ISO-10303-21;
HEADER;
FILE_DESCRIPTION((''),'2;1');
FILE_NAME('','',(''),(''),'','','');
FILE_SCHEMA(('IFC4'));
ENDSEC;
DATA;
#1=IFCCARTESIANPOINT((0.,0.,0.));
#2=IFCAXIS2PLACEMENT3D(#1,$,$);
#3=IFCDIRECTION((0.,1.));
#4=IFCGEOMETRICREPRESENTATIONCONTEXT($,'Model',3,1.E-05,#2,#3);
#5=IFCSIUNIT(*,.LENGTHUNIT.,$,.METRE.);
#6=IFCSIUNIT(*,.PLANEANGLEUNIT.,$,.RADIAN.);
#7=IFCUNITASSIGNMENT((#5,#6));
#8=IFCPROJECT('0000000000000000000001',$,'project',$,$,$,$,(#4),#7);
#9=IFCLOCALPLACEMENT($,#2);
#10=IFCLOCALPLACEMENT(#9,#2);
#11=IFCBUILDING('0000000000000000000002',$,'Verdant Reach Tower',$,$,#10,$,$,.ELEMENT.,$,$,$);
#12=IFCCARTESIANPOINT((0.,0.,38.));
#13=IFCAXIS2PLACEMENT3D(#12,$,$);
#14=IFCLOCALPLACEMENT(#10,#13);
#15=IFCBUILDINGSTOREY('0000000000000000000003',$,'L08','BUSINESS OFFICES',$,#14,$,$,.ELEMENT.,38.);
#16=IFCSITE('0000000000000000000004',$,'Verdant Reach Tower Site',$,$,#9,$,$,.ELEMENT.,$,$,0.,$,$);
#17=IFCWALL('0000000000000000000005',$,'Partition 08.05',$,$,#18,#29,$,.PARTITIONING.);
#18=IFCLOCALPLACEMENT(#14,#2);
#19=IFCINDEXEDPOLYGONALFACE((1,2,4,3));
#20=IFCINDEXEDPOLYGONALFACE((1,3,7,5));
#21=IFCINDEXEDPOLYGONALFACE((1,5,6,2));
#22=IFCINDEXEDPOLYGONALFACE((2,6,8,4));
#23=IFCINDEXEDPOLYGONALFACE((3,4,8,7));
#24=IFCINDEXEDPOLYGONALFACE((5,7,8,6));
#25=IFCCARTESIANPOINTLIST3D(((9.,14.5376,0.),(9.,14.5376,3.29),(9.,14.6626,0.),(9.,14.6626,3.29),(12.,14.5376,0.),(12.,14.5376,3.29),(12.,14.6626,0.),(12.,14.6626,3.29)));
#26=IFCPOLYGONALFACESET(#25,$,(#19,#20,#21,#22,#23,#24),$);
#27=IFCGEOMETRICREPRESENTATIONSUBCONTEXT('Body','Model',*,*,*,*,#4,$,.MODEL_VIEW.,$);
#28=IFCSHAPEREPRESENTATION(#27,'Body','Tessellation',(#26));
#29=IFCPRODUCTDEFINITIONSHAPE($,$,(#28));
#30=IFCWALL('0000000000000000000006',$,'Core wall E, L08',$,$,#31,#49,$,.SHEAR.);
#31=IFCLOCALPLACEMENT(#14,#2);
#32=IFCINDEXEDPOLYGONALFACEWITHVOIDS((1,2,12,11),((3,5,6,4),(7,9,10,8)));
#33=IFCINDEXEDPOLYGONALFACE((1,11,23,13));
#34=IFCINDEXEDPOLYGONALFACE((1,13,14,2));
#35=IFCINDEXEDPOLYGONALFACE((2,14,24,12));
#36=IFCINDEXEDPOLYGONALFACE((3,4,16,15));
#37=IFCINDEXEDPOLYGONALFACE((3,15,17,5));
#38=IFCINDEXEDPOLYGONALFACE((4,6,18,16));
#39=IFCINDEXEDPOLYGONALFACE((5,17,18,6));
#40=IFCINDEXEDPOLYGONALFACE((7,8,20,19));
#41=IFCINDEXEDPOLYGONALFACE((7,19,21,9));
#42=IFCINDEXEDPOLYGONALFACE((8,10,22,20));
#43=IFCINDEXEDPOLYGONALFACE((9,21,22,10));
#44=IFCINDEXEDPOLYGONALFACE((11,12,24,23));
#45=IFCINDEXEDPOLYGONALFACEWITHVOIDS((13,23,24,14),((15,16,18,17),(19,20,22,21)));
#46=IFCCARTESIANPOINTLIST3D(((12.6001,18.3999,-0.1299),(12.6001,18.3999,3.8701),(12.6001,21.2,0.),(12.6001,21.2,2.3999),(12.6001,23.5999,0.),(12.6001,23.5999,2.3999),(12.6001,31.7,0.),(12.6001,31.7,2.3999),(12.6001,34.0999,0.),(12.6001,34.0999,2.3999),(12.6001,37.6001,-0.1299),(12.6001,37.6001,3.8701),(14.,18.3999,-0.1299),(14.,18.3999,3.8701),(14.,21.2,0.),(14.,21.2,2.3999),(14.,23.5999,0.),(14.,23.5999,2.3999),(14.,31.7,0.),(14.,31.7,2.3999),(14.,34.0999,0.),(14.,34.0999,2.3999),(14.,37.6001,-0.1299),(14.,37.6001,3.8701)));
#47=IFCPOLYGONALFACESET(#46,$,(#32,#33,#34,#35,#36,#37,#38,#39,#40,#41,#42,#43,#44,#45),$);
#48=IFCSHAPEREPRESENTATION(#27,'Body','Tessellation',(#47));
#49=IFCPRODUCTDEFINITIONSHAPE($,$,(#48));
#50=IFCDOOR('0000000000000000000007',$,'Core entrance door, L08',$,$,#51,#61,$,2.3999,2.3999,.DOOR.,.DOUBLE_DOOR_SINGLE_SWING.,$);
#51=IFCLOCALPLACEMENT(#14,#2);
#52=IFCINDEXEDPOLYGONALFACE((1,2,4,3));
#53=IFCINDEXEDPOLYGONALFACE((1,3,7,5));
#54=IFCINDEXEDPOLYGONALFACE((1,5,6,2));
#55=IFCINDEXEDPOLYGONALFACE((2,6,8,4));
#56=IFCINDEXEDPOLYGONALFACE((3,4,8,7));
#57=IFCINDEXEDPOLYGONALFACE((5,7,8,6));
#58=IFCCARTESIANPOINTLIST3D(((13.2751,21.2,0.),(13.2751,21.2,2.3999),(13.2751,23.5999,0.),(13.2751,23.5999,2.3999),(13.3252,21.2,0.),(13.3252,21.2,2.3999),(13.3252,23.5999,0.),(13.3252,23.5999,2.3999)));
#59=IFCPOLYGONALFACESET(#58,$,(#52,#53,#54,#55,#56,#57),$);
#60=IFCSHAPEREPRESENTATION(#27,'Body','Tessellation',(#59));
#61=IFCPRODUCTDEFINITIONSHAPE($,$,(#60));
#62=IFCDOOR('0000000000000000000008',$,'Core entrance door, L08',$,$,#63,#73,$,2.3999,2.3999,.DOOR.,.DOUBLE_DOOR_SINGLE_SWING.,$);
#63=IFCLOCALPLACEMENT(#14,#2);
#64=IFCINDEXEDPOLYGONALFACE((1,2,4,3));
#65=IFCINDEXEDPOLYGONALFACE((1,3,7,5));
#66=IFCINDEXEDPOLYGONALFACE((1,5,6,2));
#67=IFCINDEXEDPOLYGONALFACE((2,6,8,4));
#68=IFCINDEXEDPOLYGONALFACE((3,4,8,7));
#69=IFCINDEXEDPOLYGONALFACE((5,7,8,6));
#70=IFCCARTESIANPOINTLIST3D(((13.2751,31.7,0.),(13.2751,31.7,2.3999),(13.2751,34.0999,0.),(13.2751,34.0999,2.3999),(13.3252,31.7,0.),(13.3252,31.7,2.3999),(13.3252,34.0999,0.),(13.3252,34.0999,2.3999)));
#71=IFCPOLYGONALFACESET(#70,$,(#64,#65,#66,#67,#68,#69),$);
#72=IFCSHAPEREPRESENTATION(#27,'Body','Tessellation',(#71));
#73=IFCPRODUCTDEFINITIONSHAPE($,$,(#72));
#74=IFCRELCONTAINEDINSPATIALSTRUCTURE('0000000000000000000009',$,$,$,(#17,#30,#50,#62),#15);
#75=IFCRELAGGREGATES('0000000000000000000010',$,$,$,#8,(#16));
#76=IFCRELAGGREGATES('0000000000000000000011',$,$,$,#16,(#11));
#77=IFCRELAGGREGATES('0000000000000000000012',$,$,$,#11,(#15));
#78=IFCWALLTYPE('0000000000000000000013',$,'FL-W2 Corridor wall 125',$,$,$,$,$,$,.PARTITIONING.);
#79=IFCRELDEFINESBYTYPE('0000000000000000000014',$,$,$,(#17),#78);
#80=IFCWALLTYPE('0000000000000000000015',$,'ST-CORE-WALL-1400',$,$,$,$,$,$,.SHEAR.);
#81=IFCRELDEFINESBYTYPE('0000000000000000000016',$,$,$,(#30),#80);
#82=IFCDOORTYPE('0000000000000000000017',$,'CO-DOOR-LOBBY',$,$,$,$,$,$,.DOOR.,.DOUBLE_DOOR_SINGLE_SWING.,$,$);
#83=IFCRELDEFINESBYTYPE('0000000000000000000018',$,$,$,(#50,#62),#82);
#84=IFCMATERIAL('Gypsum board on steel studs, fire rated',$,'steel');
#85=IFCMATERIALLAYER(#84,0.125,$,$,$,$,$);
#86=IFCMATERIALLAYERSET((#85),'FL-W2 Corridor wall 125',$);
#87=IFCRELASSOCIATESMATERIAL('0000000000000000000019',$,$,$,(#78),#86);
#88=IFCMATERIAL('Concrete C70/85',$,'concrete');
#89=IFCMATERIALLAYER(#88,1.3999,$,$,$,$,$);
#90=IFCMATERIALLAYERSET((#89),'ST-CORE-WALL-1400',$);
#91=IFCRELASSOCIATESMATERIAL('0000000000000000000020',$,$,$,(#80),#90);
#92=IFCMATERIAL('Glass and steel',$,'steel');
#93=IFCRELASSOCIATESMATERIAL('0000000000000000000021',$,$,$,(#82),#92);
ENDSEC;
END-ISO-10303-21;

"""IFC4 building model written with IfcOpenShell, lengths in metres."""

from ifc_helpers import new_model, si_unit, direction, frame, frame_2d, origin, place, context, subcontext, project, spatial, rectangle, extrude, material, layer, layer_set, type_object, element, fill, save


model = new_model("IFC4")

# Units and contexts
model_context = context("Model", 3, precision=1e-05, world=origin(), true_north=direction((0.0, 1.0)))
body_context = subcontext(model_context, "Body", "Model", "MODEL_VIEW")
ifc_project = project(units=[si_unit("LENGTHUNIT", "METRE"), si_unit("PLANEANGLEUNIT", "RADIAN")], contexts=[model_context])

# Site, building, storey
site_placement = place(None, origin())
site = spatial("IfcSite", under=ifc_project, at=site_placement, Name="Verdant Reach Tower Site", CompositionType="ELEMENT", RefElevation=0.0)
building_placement = place(site_placement, origin())
building = spatial("IfcBuilding", under=site, at=building_placement, Name="Verdant Reach Tower", CompositionType="ELEMENT")
storey_placement = place(building_placement, frame((0.0, 0.0, 38.0)))
storey = spatial("IfcBuildingStorey", under=building, at=storey_placement, Name="L08", Description="BUSINESS OFFICES", CompositionType="ELEMENT", Elevation=38.0)

# Shared definitions
ifc_material_1 = material(Name="Gypsum board on steel studs, fire rated", Category="steel")
ifc_layer_1 = layer(ifc_material_1, 0.125)
ifc_layer_set_1 = layer_set([ifc_layer_1], Name="FL-W2 Corridor wall 125")
wall_type_1 = type_object("IfcWallType", Name="FL-W2 Corridor wall 125", PredefinedType="PARTITIONING", material=ifc_layer_set_1)

# Wall
wall_1_placement = place(storey_placement, frame((9.0, 14.6001, 0.0), z_axis=(0.0, 0.0, 1.0), x_axis=(1.0, 0.0, 0.0)))
element("IfcWall", 1, at=wall_1_placement, inside=storey, type_object=wall_type_1, Name="Partition 08.05", PredefinedType="PARTITIONING", context=body_context, shape_type="SweptSolid", body=[
    extrude(rectangle(XDim=3.0, YDim=0.125, at=frame_2d((1.5, 0.0))), origin(), (0.0, 0.0, 1.0), 3.29),
])

# Wall, openings, doors
ifc_material_2 = material(Name="Concrete C70/85", Category="concrete")
ifc_layer_2 = layer(ifc_material_2, 1.3999)
ifc_layer_set_2 = layer_set([ifc_layer_2], Name="ST-CORE-WALL-1400")
wall_type_2 = type_object("IfcWallType", Name="ST-CORE-WALL-1400", PredefinedType="SHEAR", material=ifc_layer_set_2)
wall_2_placement = place(storey_placement, frame((13.3, 18.3999, -0.1299), z_axis=(0.0, 0.0, 1.0), x_axis=(0.0, 1.0, 0.0)))
wall_2 = element("IfcWall", 2, at=wall_2_placement, inside=storey, type_object=wall_type_2, Name="Core wall E, L08", PredefinedType="SHEAR", context=body_context, shape_type="SweptSolid", body=[
    extrude(rectangle(XDim=19.2002, YDim=1.3999, at=frame_2d((9.6001, 0.0))), origin(), (0.0, 0.0, 1.0), 4.0),
])
opening_1_placement = place(wall_2_placement, frame((2.8, 0.0, 0.1299)))
opening_1 = element("IfcOpeningElement", 3, at=opening_1_placement, cuts=wall_2, PredefinedType="OPENING", context=body_context, shape_type="SweptSolid", body=[
    extrude(rectangle(XDim=2.3999, YDim=2.3999, at=frame_2d((1.2, 1.2))), frame((0.0, 0.71, 0.0), z_axis=(0.0, -1.0, 0.0), x_axis=(1.0, 0.0, 0.0)), (0.0, 0.0, 1.0), 1.4199),
])
opening_2_placement = place(wall_2_placement, frame((13.3, 0.0, 0.1299)))
opening_2 = element("IfcOpeningElement", 4, at=opening_2_placement, cuts=wall_2, PredefinedType="OPENING", context=body_context, shape_type="SweptSolid", body=[
    extrude(rectangle(XDim=2.3999, YDim=2.3999, at=frame_2d((1.2, 1.2))), frame((0.0, 0.71, 0.0), z_axis=(0.0, -1.0, 0.0), x_axis=(1.0, 0.0, 0.0)), (0.0, 0.0, 1.0), 1.4199),
])
ifc_material_3 = material(Name="Glass and steel", Category="steel")
door_type_1 = type_object("IfcDoorType", Name="CO-DOOR-LOBBY", OperationType="DOUBLE_DOOR_SINGLE_SWING", PredefinedType="DOOR", material=ifc_material_3)
door_1_placement = place(opening_1_placement, origin())
door_1 = element("IfcDoor", 5, at=door_1_placement, inside=storey, type_object=door_type_1, Name="Core entrance door, L08", OperationType="DOUBLE_DOOR_SINGLE_SWING", OverallHeight=2.3999, OverallWidth=2.3999, PredefinedType="DOOR", context=body_context, shape_type="SweptSolid", body=[
    extrude(rectangle(XDim=2.3999, YDim=2.3999, at=frame_2d((1.2, 1.2))), frame((0.0, 0.0249, 0.0), z_axis=(0.0, -1.0, 0.0), x_axis=(1.0, 0.0, 0.0)), (0.0, 0.0, 1.0), 0.05),
])
fill(opening_1, door_1)
door_2_placement = place(opening_2_placement, origin())
door_2 = element("IfcDoor", 6, at=door_2_placement, inside=storey, type_object=door_type_1, Name="Core entrance door, L08", OperationType="DOUBLE_DOOR_SINGLE_SWING", OverallHeight=2.3999, OverallWidth=2.3999, PredefinedType="DOOR", context=body_context, shape_type="SweptSolid", body=[
    extrude(rectangle(XDim=2.3999, YDim=2.3999, at=frame_2d((1.2, 1.2))), frame((0.0, 0.0249, 0.0), z_axis=(0.0, -1.0, 0.0), x_axis=(1.0, 0.0, 0.0)), (0.0, 0.0, 1.0), 0.05),
])
fill(opening_2, door_2)

save(model, "model.ifc")
